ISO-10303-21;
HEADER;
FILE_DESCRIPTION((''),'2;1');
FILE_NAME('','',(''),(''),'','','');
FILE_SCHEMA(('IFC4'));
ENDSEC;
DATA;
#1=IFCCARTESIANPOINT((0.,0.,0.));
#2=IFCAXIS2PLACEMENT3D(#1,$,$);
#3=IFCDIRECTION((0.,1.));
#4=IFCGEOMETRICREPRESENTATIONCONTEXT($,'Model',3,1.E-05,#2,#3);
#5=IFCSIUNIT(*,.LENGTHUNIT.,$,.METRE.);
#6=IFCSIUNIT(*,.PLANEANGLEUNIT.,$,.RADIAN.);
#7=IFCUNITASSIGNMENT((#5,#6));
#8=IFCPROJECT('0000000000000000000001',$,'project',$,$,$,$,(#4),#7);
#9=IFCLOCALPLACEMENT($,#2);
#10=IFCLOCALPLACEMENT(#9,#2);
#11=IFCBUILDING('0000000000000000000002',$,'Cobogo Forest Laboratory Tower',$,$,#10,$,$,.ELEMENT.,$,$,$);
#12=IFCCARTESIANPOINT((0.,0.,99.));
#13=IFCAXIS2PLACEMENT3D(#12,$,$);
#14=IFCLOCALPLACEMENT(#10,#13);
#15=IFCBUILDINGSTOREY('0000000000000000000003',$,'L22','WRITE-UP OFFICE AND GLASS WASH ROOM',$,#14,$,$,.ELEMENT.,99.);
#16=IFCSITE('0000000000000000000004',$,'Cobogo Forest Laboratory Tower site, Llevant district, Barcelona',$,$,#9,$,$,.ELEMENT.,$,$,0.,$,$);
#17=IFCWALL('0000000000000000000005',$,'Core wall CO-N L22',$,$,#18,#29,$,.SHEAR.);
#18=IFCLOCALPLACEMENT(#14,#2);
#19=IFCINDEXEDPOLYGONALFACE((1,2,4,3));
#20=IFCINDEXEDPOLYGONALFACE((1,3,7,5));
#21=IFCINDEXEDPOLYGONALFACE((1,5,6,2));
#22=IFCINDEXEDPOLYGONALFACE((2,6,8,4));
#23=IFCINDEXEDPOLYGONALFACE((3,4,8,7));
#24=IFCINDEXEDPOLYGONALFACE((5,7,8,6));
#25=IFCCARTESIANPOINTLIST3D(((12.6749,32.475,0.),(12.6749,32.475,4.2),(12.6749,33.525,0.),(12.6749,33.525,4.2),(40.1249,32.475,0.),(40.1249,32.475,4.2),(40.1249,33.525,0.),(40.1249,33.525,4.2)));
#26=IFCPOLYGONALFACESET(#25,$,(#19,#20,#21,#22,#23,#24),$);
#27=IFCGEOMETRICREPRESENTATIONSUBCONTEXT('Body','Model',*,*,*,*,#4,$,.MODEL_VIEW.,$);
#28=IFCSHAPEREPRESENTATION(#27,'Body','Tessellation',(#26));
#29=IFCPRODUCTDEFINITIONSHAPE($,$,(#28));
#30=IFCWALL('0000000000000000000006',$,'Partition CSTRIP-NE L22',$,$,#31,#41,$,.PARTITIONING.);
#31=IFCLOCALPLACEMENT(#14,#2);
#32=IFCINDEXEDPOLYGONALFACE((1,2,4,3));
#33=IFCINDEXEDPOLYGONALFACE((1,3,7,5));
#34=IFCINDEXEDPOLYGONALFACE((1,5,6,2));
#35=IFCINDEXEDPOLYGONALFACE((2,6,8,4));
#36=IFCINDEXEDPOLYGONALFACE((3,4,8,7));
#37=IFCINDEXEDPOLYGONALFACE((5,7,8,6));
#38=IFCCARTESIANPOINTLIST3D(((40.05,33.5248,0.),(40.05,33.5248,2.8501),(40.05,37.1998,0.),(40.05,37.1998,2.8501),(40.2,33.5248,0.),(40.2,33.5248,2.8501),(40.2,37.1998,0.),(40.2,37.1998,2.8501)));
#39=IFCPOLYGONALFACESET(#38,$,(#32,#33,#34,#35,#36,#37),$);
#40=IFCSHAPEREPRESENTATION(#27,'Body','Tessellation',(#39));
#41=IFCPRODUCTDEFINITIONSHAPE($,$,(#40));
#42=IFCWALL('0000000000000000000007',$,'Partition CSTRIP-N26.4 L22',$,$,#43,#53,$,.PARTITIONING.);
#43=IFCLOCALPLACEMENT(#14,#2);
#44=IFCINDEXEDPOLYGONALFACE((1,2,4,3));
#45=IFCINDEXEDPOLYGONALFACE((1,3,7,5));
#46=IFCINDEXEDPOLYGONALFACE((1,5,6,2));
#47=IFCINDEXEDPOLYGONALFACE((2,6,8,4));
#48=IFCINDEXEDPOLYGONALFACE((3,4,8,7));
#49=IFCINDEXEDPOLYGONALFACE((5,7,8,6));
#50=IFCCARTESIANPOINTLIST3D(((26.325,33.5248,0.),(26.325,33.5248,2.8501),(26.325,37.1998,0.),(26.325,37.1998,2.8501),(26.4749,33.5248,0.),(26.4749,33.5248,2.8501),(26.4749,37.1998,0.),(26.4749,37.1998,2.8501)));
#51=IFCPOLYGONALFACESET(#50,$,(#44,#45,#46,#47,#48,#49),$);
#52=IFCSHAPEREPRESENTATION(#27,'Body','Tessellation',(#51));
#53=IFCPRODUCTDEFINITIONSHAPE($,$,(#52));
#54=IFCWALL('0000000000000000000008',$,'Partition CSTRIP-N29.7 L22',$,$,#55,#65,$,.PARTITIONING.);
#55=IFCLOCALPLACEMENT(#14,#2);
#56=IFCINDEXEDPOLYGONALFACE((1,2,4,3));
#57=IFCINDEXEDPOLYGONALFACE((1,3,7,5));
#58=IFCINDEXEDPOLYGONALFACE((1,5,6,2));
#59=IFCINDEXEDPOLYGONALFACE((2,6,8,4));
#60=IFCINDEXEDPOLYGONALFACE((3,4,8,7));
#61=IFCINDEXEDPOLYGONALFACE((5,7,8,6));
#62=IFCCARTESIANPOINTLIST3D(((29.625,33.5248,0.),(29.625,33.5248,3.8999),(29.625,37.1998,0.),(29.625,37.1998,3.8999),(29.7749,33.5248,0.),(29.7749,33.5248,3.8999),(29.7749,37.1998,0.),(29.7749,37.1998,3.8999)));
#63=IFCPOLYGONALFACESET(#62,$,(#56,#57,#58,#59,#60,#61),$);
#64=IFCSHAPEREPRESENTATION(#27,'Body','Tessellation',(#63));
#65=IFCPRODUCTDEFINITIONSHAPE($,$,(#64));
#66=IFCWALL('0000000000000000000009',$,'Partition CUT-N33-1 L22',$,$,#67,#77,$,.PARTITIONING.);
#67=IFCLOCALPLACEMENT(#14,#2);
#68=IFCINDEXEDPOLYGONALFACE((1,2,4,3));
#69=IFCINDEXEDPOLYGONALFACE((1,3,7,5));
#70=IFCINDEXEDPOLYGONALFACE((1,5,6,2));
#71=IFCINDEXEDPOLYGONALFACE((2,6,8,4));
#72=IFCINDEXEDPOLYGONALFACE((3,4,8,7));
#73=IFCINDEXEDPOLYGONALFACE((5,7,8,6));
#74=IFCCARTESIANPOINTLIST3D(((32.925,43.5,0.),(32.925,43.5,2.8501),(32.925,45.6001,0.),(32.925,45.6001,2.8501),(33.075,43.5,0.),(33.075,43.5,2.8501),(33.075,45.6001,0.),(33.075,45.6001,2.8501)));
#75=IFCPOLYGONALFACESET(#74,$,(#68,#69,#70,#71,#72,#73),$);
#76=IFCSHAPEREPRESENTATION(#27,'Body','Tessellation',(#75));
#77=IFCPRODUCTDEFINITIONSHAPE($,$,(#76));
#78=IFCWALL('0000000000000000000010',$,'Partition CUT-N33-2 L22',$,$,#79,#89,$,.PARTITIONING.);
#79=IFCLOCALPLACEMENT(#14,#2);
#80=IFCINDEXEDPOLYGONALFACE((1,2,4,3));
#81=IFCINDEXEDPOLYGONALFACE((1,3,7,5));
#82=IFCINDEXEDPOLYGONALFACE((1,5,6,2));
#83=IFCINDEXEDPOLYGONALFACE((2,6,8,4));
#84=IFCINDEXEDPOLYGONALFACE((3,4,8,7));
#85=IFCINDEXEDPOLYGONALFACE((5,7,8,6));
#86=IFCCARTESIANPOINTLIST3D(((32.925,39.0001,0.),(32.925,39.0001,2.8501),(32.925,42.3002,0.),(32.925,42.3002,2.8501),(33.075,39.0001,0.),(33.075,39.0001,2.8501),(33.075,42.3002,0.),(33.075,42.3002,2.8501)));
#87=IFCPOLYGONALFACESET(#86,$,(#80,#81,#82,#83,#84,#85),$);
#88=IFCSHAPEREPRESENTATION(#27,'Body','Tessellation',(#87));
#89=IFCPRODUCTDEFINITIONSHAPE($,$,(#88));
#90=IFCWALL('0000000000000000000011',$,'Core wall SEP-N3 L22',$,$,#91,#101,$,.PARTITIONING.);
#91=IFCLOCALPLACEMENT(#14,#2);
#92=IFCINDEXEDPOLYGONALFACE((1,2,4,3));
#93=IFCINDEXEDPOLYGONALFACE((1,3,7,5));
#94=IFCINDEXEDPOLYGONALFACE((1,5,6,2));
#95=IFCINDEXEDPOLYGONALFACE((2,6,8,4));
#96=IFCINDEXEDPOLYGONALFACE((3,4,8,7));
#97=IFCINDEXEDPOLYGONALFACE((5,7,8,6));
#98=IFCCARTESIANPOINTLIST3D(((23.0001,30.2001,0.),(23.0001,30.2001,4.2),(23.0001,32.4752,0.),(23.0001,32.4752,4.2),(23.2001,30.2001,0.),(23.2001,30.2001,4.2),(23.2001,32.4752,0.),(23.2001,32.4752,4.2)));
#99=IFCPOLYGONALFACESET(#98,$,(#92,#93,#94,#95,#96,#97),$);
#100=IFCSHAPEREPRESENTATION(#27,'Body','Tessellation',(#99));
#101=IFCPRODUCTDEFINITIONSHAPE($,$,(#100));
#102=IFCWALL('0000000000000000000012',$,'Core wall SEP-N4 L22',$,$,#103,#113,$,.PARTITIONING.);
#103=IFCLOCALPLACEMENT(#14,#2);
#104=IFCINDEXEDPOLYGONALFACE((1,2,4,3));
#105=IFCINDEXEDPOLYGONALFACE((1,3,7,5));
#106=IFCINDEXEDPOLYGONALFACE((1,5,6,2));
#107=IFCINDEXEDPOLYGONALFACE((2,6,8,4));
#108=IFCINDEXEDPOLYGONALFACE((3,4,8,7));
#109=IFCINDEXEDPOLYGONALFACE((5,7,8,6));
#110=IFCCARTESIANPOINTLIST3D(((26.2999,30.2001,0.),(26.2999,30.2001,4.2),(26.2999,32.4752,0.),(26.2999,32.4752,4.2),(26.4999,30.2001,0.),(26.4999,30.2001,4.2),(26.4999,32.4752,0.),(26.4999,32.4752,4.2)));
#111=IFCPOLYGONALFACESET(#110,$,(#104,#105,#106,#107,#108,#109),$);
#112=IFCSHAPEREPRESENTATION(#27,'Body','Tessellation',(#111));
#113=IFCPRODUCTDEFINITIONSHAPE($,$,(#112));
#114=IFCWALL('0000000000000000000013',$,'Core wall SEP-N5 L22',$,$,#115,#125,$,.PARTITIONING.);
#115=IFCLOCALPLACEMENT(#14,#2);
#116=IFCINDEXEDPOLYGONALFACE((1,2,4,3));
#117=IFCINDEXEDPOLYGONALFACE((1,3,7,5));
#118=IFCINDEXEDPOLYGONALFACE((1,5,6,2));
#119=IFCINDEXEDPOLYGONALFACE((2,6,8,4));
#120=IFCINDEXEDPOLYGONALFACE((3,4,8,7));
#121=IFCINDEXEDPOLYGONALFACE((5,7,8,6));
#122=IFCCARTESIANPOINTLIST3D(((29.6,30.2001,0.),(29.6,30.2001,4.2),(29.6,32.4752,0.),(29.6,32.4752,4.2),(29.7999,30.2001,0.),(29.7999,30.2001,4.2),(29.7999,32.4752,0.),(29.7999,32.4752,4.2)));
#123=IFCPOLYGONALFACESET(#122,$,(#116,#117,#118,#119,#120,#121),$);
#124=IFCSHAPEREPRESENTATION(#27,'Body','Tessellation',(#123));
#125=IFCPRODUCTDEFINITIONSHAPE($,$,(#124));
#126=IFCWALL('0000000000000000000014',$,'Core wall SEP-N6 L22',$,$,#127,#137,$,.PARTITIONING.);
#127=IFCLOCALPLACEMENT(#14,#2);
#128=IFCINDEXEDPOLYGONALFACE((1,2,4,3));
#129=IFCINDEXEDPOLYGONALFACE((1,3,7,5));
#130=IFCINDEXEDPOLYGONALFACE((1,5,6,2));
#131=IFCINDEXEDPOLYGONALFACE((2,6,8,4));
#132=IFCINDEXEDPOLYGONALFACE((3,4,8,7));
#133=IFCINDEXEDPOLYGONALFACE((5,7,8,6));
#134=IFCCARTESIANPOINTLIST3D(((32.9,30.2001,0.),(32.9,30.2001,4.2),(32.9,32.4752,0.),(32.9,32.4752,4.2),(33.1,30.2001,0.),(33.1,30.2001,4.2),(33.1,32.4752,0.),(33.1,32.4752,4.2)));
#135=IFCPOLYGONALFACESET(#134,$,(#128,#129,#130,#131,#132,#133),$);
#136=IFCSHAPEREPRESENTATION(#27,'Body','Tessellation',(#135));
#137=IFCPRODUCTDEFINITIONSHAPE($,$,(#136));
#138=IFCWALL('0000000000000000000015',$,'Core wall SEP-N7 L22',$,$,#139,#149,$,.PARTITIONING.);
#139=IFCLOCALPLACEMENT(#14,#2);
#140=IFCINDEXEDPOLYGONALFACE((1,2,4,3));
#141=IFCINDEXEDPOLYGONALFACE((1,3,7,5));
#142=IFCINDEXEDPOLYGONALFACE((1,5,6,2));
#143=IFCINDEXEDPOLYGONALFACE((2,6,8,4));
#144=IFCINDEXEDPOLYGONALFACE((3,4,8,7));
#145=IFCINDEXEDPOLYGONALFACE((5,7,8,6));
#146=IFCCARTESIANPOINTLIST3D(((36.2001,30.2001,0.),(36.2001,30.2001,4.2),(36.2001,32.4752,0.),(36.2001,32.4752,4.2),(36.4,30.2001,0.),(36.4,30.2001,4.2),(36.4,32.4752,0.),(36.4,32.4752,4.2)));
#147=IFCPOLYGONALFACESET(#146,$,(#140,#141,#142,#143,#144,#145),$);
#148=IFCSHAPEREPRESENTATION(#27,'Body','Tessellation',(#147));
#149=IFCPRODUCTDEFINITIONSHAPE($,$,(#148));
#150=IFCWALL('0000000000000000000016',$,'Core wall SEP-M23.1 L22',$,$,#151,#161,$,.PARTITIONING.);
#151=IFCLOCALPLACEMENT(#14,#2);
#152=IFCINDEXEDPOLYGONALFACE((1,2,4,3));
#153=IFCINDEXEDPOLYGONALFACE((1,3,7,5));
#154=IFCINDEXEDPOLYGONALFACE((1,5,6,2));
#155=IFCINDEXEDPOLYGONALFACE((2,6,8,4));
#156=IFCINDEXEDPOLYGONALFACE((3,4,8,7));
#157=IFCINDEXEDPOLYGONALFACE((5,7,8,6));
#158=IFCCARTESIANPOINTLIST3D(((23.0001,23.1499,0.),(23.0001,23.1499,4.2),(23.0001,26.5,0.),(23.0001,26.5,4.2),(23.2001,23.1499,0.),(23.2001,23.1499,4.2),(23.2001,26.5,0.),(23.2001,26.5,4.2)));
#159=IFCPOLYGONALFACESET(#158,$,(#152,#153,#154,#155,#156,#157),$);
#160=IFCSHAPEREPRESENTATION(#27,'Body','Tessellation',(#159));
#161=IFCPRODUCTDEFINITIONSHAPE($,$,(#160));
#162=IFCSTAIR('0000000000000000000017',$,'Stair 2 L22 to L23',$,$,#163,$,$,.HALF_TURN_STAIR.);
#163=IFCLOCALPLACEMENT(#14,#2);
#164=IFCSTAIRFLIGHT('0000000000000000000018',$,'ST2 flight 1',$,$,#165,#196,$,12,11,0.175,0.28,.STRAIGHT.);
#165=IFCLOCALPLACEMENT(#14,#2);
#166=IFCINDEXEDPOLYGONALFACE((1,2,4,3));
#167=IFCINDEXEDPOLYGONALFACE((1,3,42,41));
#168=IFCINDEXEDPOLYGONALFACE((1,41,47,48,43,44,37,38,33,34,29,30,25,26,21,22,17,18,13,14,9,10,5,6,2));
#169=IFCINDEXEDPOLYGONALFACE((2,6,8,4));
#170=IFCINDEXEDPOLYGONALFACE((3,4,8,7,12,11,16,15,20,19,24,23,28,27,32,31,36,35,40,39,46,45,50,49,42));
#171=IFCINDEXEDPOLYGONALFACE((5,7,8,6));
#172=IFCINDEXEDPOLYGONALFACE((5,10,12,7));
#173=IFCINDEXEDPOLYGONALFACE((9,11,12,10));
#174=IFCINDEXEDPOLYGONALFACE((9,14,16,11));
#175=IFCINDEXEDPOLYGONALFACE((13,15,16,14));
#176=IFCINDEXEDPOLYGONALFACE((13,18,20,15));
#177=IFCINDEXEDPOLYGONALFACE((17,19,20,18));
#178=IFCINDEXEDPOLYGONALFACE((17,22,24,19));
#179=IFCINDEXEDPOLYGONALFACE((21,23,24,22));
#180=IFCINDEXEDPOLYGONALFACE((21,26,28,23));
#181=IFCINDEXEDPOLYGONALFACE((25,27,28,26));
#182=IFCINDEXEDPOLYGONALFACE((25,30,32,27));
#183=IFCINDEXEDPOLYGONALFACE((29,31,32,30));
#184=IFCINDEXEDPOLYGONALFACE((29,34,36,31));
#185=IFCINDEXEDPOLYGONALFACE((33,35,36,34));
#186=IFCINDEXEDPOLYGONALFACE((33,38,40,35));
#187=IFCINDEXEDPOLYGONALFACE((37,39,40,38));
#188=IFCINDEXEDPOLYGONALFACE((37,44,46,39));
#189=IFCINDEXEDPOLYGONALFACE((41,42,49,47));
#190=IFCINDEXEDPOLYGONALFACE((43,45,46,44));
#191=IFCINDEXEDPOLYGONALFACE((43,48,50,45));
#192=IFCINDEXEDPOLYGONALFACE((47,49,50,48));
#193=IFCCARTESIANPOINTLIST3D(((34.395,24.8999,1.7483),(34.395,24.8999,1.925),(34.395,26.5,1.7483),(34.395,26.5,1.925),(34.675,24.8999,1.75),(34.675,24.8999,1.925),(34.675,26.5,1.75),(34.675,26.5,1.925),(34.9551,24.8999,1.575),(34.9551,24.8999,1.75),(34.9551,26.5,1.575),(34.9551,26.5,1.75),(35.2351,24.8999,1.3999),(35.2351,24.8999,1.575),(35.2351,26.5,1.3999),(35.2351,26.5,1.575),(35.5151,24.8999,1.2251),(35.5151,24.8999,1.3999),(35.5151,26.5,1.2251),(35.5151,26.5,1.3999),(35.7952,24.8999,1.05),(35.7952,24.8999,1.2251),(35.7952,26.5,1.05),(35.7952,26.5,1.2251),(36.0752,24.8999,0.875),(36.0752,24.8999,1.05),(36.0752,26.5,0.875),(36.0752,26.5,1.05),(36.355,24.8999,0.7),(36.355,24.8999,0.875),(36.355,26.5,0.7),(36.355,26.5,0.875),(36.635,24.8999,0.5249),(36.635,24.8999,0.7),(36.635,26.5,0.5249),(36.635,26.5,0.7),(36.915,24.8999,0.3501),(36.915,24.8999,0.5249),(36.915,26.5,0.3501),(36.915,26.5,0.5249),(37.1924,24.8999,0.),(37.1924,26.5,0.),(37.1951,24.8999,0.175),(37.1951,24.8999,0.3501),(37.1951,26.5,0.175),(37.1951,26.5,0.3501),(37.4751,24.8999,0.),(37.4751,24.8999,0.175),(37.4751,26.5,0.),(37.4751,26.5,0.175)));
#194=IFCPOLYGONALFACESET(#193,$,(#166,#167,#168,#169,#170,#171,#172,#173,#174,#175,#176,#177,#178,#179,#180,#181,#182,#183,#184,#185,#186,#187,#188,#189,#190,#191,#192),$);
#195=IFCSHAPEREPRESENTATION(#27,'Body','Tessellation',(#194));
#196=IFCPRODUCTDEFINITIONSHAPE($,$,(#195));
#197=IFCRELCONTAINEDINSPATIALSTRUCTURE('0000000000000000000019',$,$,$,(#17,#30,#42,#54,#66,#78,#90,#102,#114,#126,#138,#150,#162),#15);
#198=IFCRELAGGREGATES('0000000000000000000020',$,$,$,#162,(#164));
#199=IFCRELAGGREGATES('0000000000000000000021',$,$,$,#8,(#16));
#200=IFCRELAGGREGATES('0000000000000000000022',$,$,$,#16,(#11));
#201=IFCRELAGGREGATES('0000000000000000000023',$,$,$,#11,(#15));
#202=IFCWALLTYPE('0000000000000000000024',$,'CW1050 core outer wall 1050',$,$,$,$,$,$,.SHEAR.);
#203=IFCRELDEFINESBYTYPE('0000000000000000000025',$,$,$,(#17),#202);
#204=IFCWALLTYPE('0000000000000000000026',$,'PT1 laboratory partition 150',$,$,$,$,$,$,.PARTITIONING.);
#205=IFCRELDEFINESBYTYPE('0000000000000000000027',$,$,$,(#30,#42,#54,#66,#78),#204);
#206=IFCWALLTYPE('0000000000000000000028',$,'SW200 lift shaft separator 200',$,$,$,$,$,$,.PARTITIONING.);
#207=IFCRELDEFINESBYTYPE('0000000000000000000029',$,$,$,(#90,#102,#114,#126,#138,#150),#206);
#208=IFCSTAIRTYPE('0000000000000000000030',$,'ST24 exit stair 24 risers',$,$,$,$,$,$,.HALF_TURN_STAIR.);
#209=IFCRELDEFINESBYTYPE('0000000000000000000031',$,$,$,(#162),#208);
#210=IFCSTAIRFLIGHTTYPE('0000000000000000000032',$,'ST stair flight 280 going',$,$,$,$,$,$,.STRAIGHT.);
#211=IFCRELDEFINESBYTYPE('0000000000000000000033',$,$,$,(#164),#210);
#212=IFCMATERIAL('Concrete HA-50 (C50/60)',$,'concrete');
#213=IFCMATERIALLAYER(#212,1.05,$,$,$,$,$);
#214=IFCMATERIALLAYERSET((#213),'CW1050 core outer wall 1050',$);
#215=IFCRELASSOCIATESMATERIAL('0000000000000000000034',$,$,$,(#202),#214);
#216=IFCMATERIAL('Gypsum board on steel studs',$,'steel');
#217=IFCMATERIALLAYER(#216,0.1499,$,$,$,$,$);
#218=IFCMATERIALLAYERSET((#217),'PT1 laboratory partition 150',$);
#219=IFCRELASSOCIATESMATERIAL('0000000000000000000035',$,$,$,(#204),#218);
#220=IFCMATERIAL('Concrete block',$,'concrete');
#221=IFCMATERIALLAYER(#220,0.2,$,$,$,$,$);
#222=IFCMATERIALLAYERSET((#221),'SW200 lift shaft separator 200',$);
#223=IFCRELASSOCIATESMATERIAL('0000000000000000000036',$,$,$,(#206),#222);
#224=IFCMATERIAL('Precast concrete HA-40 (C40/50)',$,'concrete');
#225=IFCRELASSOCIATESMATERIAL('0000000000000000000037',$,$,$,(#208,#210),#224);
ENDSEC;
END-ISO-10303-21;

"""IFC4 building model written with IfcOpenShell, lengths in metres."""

from ifc_helpers import new_model, si_unit, direction, frame, frame_2d, origin, place, context, subcontext, project, spatial, polyline, rectangle, outline, extrude, material, layer, layer_set, type_object, element, aggregate, save


model = new_model("IFC4")

# Units and contexts
model_context = context("Model", 3, precision=1e-05, world=origin(), true_north=direction((0.0, 1.0)))
body_context = subcontext(model_context, "Body", "Model", "MODEL_VIEW")
ifc_project = project(units=[si_unit("LENGTHUNIT", "METRE"), si_unit("PLANEANGLEUNIT", "RADIAN")], contexts=[model_context])

# Site, building, storey
site_placement = place(None, origin())
site = spatial("IfcSite", under=ifc_project, at=site_placement, Name="Cobogo Forest Laboratory Tower site, Llevant district, Barcelona", CompositionType="ELEMENT", RefElevation=0.0)
building_placement = place(site_placement, origin())
building = spatial("IfcBuilding", under=site, at=building_placement, Name="Cobogo Forest Laboratory Tower", CompositionType="ELEMENT")
storey_placement = place(building_placement, frame((0.0, 0.0, 99.0)))
storey = spatial("IfcBuildingStorey", under=building, at=storey_placement, Name="L22", Description="WRITE-UP OFFICE AND GLASS WASH ROOM", CompositionType="ELEMENT", Elevation=99.0)

# Shared definitions
ifc_material_1 = material(Name="Concrete HA-50 (C50/60)", Category="concrete")

# Walls
ifc_layer_1 = layer(ifc_material_1, 1.05)
ifc_layer_set_1 = layer_set([ifc_layer_1], Name="CW1050 core outer wall 1050")
wall_type_1 = type_object("IfcWallType", Name="CW1050 core outer wall 1050", PredefinedType="SHEAR", material=ifc_layer_set_1)
wall_1_placement = place(storey_placement, frame((40.125, 33.0, 0.0), z_axis=(0.0, 0.0, 1.0), x_axis=(-1.0, 0.0, 0.0)))
element("IfcWall", 1, at=wall_1_placement, inside=storey, type_object=wall_type_1, Name="Core wall CO-N L22", PredefinedType="SHEAR", context=body_context, shape_type="SweptSolid", body=[
    extrude(rectangle(XDim=27.45, YDim=1.05, at=frame_2d((13.7251, 0.0))), origin(), (0.0, 0.0, 1.0), 4.2),
])
ifc_material_2 = material(Name="Gypsum board on steel studs", Category="steel")
ifc_layer_2 = layer(ifc_material_2, 0.1499)
ifc_layer_set_2 = layer_set([ifc_layer_2], Name="PT1 laboratory partition 150")
wall_type_2 = type_object("IfcWallType", Name="PT1 laboratory partition 150", PredefinedType="PARTITIONING", material=ifc_layer_set_2)
for number, where, z_axis, x_axis, name in (
    (2, (40.125, 33.5249, 0.0), (0.0, 0.0, 1.0), (0.0, 1.0, 0.0), "Partition CSTRIP-NE L22"),
    (3, (26.3999, 33.5249, 0.0), (0.0, 0.0, 1.0), (0.0, 1.0, 0.0), "Partition CSTRIP-N26.4 L22"),
):
    element("IfcWall", number, at=place(storey_placement, frame(where, z_axis=z_axis, x_axis=x_axis)), inside=storey, type_object=wall_type_2, Name=name, PredefinedType="PARTITIONING", context=body_context, shape_type="SweptSolid", body=[
        extrude(rectangle(XDim=3.675, YDim=0.1499, at=frame_2d((1.8374, 0.0))), origin(), (0.0, 0.0, 1.0), 2.8501),
    ])
wall_2_placement = place(storey_placement, frame((29.7, 33.5249, 0.0), z_axis=(0.0, 0.0, 1.0), x_axis=(0.0, 1.0, 0.0)))
element("IfcWall", 4, at=wall_2_placement, inside=storey, type_object=wall_type_2, Name="Partition CSTRIP-N29.7 L22", PredefinedType="PARTITIONING", context=body_context, shape_type="SweptSolid", body=[
    extrude(rectangle(XDim=3.675, YDim=0.1499, at=frame_2d((1.8374, 0.0))), origin(), (0.0, 0.0, 1.0), 3.8999),
])
wall_3_placement = place(storey_placement, frame((33.0, 45.6001, 0.0), z_axis=(0.0, 0.0, 1.0), x_axis=(0.0, -1.0, 0.0)))
element("IfcWall", 5, at=wall_3_placement, inside=storey, type_object=wall_type_2, Name="Partition CUT-N33-1 L22", PredefinedType="PARTITIONING", context=body_context, shape_type="SweptSolid", body=[
    extrude(rectangle(XDim=2.1001, YDim=0.1499, at=frame_2d((1.05, 0.0))), origin(), (0.0, 0.0, 1.0), 2.8501),
])
wall_4_placement = place(storey_placement, frame((33.0, 42.3, 0.0), z_axis=(0.0, 0.0, 1.0), x_axis=(0.0, -1.0, 0.0)))
element("IfcWall", 6, at=wall_4_placement, inside=storey, type_object=wall_type_2, Name="Partition CUT-N33-2 L22", PredefinedType="PARTITIONING", context=body_context, shape_type="SweptSolid", body=[
    extrude(rectangle(XDim=3.3, YDim=0.1499, at=frame_2d((1.6499, 0.0))), origin(), (0.0, 0.0, 1.0), 2.8501),
])
ifc_material_3 = material(Name="Concrete block", Category="concrete")
ifc_layer_3 = layer(ifc_material_3, 0.2)
ifc_layer_set_3 = layer_set([ifc_layer_3], Name="SW200 lift shaft separator 200")
wall_type_3 = type_object("IfcWallType", Name="SW200 lift shaft separator 200", PredefinedType="PARTITIONING", material=ifc_layer_set_3)
for number, where, z_axis, x_axis, name in (
    (7, (23.1001, 30.2, 0.0), (0.0, 0.0, 1.0), (0.0, 1.0, 0.0), "Core wall SEP-N3 L22"),
    (8, (26.3999, 30.2, 0.0), (0.0, 0.0, 1.0), (0.0, 1.0, 0.0), "Core wall SEP-N4 L22"),
    (9, (29.7, 30.2, 0.0), (0.0, 0.0, 1.0), (0.0, 1.0, 0.0), "Core wall SEP-N5 L22"),
    (10, (33.0, 30.2, 0.0), (0.0, 0.0, 1.0), (0.0, 1.0, 0.0), "Core wall SEP-N6 L22"),
    (11, (36.3, 30.2, 0.0), (0.0, 0.0, 1.0), (0.0, 1.0, 0.0), "Core wall SEP-N7 L22"),
):
    element("IfcWall", number, at=place(storey_placement, frame(where, z_axis=z_axis, x_axis=x_axis)), inside=storey, type_object=wall_type_3, Name=name, PredefinedType="PARTITIONING", context=body_context, shape_type="SweptSolid", body=[
        extrude(rectangle(XDim=2.2751, YDim=0.2, at=frame_2d((1.1377, 0.0))), origin(), (0.0, 0.0, 1.0), 4.2),
    ])
wall_5_placement = place(storey_placement, frame((23.1001, 23.1499, 0.0), z_axis=(0.0, 0.0, 1.0), x_axis=(0.0, 1.0, 0.0)))
element("IfcWall", 12, at=wall_5_placement, inside=storey, type_object=wall_type_3, Name="Core wall SEP-M23.1 L22", PredefinedType="PARTITIONING", context=body_context, shape_type="SweptSolid", body=[
    extrude(rectangle(XDim=3.3501, YDim=0.2, at=frame_2d((1.675, 0.0))), origin(), (0.0, 0.0, 1.0), 4.2),
])

# Stair, stair flight
ifc_material_4 = material(Name="Precast concrete HA-40 (C40/50)", Category="concrete")
stair_type = type_object("IfcStairType", Name="ST24 exit stair 24 risers", PredefinedType="HALF_TURN_STAIR", material=ifc_material_4)
stair_placement = place(storey_placement, origin())
stair = element("IfcStair", 13, at=stair_placement, inside=storey, type_object=stair_type, Name="Stair 2 L22 to L23", PredefinedType="HALF_TURN_STAIR")
stair_flight_type = type_object("IfcStairFlightType", Name="ST stair flight 280 going", PredefinedType="STRAIGHT", material=ifc_material_4)
stair_flight_1_placement = place(storey_placement, frame((37.4751, 25.7, 0.0), z_axis=(0.0, 0.0, 1.0), x_axis=(-1.0, 0.0, 0.0)))
stair_flight_1 = element("IfcStairFlight", 14, at=stair_flight_1_placement, type_object=stair_flight_type, Name="ST2 flight 1", NumberOfRisers=12, NumberOfTreads=11, PredefinedType="STRAIGHT", RiserHeight=0.175, TreadLength=0.28, context=body_context, shape_type="SweptSolid", body=[
    extrude(outline(polyline([(0.0, 0.0), (0.0, 0.175), (0.28, 0.175), (0.28, 0.3501), (0.5601, 0.3501), (0.5601, 0.5249), (0.8401, 0.5249), (0.8401, 0.7), (1.1201, 0.7), (1.1201, 0.875), (1.3999, 0.875), (1.3999, 1.05), (1.6799, 1.05), (1.6799, 1.2251), (1.96, 1.2251), (1.96, 1.3999), (2.24, 1.3999), (2.24, 1.575), (2.52, 1.575), (2.52, 1.75), (2.8, 1.75), (2.8, 1.925), (3.0801, 1.925), (3.0801, 2.1001), (3.0801, 1.7483), (0.2827, 0.0), (0.0, 0.0)])), frame((0.0, 0.8, 0.0), z_axis=(0.0, -1.0, 0.0), x_axis=(1.0, 0.0, 0.0)), (0.0, 0.0, 1.0), 1.6001),
])
aggregate(stair, [stair_flight_1])

save(model, "model.ifc")
